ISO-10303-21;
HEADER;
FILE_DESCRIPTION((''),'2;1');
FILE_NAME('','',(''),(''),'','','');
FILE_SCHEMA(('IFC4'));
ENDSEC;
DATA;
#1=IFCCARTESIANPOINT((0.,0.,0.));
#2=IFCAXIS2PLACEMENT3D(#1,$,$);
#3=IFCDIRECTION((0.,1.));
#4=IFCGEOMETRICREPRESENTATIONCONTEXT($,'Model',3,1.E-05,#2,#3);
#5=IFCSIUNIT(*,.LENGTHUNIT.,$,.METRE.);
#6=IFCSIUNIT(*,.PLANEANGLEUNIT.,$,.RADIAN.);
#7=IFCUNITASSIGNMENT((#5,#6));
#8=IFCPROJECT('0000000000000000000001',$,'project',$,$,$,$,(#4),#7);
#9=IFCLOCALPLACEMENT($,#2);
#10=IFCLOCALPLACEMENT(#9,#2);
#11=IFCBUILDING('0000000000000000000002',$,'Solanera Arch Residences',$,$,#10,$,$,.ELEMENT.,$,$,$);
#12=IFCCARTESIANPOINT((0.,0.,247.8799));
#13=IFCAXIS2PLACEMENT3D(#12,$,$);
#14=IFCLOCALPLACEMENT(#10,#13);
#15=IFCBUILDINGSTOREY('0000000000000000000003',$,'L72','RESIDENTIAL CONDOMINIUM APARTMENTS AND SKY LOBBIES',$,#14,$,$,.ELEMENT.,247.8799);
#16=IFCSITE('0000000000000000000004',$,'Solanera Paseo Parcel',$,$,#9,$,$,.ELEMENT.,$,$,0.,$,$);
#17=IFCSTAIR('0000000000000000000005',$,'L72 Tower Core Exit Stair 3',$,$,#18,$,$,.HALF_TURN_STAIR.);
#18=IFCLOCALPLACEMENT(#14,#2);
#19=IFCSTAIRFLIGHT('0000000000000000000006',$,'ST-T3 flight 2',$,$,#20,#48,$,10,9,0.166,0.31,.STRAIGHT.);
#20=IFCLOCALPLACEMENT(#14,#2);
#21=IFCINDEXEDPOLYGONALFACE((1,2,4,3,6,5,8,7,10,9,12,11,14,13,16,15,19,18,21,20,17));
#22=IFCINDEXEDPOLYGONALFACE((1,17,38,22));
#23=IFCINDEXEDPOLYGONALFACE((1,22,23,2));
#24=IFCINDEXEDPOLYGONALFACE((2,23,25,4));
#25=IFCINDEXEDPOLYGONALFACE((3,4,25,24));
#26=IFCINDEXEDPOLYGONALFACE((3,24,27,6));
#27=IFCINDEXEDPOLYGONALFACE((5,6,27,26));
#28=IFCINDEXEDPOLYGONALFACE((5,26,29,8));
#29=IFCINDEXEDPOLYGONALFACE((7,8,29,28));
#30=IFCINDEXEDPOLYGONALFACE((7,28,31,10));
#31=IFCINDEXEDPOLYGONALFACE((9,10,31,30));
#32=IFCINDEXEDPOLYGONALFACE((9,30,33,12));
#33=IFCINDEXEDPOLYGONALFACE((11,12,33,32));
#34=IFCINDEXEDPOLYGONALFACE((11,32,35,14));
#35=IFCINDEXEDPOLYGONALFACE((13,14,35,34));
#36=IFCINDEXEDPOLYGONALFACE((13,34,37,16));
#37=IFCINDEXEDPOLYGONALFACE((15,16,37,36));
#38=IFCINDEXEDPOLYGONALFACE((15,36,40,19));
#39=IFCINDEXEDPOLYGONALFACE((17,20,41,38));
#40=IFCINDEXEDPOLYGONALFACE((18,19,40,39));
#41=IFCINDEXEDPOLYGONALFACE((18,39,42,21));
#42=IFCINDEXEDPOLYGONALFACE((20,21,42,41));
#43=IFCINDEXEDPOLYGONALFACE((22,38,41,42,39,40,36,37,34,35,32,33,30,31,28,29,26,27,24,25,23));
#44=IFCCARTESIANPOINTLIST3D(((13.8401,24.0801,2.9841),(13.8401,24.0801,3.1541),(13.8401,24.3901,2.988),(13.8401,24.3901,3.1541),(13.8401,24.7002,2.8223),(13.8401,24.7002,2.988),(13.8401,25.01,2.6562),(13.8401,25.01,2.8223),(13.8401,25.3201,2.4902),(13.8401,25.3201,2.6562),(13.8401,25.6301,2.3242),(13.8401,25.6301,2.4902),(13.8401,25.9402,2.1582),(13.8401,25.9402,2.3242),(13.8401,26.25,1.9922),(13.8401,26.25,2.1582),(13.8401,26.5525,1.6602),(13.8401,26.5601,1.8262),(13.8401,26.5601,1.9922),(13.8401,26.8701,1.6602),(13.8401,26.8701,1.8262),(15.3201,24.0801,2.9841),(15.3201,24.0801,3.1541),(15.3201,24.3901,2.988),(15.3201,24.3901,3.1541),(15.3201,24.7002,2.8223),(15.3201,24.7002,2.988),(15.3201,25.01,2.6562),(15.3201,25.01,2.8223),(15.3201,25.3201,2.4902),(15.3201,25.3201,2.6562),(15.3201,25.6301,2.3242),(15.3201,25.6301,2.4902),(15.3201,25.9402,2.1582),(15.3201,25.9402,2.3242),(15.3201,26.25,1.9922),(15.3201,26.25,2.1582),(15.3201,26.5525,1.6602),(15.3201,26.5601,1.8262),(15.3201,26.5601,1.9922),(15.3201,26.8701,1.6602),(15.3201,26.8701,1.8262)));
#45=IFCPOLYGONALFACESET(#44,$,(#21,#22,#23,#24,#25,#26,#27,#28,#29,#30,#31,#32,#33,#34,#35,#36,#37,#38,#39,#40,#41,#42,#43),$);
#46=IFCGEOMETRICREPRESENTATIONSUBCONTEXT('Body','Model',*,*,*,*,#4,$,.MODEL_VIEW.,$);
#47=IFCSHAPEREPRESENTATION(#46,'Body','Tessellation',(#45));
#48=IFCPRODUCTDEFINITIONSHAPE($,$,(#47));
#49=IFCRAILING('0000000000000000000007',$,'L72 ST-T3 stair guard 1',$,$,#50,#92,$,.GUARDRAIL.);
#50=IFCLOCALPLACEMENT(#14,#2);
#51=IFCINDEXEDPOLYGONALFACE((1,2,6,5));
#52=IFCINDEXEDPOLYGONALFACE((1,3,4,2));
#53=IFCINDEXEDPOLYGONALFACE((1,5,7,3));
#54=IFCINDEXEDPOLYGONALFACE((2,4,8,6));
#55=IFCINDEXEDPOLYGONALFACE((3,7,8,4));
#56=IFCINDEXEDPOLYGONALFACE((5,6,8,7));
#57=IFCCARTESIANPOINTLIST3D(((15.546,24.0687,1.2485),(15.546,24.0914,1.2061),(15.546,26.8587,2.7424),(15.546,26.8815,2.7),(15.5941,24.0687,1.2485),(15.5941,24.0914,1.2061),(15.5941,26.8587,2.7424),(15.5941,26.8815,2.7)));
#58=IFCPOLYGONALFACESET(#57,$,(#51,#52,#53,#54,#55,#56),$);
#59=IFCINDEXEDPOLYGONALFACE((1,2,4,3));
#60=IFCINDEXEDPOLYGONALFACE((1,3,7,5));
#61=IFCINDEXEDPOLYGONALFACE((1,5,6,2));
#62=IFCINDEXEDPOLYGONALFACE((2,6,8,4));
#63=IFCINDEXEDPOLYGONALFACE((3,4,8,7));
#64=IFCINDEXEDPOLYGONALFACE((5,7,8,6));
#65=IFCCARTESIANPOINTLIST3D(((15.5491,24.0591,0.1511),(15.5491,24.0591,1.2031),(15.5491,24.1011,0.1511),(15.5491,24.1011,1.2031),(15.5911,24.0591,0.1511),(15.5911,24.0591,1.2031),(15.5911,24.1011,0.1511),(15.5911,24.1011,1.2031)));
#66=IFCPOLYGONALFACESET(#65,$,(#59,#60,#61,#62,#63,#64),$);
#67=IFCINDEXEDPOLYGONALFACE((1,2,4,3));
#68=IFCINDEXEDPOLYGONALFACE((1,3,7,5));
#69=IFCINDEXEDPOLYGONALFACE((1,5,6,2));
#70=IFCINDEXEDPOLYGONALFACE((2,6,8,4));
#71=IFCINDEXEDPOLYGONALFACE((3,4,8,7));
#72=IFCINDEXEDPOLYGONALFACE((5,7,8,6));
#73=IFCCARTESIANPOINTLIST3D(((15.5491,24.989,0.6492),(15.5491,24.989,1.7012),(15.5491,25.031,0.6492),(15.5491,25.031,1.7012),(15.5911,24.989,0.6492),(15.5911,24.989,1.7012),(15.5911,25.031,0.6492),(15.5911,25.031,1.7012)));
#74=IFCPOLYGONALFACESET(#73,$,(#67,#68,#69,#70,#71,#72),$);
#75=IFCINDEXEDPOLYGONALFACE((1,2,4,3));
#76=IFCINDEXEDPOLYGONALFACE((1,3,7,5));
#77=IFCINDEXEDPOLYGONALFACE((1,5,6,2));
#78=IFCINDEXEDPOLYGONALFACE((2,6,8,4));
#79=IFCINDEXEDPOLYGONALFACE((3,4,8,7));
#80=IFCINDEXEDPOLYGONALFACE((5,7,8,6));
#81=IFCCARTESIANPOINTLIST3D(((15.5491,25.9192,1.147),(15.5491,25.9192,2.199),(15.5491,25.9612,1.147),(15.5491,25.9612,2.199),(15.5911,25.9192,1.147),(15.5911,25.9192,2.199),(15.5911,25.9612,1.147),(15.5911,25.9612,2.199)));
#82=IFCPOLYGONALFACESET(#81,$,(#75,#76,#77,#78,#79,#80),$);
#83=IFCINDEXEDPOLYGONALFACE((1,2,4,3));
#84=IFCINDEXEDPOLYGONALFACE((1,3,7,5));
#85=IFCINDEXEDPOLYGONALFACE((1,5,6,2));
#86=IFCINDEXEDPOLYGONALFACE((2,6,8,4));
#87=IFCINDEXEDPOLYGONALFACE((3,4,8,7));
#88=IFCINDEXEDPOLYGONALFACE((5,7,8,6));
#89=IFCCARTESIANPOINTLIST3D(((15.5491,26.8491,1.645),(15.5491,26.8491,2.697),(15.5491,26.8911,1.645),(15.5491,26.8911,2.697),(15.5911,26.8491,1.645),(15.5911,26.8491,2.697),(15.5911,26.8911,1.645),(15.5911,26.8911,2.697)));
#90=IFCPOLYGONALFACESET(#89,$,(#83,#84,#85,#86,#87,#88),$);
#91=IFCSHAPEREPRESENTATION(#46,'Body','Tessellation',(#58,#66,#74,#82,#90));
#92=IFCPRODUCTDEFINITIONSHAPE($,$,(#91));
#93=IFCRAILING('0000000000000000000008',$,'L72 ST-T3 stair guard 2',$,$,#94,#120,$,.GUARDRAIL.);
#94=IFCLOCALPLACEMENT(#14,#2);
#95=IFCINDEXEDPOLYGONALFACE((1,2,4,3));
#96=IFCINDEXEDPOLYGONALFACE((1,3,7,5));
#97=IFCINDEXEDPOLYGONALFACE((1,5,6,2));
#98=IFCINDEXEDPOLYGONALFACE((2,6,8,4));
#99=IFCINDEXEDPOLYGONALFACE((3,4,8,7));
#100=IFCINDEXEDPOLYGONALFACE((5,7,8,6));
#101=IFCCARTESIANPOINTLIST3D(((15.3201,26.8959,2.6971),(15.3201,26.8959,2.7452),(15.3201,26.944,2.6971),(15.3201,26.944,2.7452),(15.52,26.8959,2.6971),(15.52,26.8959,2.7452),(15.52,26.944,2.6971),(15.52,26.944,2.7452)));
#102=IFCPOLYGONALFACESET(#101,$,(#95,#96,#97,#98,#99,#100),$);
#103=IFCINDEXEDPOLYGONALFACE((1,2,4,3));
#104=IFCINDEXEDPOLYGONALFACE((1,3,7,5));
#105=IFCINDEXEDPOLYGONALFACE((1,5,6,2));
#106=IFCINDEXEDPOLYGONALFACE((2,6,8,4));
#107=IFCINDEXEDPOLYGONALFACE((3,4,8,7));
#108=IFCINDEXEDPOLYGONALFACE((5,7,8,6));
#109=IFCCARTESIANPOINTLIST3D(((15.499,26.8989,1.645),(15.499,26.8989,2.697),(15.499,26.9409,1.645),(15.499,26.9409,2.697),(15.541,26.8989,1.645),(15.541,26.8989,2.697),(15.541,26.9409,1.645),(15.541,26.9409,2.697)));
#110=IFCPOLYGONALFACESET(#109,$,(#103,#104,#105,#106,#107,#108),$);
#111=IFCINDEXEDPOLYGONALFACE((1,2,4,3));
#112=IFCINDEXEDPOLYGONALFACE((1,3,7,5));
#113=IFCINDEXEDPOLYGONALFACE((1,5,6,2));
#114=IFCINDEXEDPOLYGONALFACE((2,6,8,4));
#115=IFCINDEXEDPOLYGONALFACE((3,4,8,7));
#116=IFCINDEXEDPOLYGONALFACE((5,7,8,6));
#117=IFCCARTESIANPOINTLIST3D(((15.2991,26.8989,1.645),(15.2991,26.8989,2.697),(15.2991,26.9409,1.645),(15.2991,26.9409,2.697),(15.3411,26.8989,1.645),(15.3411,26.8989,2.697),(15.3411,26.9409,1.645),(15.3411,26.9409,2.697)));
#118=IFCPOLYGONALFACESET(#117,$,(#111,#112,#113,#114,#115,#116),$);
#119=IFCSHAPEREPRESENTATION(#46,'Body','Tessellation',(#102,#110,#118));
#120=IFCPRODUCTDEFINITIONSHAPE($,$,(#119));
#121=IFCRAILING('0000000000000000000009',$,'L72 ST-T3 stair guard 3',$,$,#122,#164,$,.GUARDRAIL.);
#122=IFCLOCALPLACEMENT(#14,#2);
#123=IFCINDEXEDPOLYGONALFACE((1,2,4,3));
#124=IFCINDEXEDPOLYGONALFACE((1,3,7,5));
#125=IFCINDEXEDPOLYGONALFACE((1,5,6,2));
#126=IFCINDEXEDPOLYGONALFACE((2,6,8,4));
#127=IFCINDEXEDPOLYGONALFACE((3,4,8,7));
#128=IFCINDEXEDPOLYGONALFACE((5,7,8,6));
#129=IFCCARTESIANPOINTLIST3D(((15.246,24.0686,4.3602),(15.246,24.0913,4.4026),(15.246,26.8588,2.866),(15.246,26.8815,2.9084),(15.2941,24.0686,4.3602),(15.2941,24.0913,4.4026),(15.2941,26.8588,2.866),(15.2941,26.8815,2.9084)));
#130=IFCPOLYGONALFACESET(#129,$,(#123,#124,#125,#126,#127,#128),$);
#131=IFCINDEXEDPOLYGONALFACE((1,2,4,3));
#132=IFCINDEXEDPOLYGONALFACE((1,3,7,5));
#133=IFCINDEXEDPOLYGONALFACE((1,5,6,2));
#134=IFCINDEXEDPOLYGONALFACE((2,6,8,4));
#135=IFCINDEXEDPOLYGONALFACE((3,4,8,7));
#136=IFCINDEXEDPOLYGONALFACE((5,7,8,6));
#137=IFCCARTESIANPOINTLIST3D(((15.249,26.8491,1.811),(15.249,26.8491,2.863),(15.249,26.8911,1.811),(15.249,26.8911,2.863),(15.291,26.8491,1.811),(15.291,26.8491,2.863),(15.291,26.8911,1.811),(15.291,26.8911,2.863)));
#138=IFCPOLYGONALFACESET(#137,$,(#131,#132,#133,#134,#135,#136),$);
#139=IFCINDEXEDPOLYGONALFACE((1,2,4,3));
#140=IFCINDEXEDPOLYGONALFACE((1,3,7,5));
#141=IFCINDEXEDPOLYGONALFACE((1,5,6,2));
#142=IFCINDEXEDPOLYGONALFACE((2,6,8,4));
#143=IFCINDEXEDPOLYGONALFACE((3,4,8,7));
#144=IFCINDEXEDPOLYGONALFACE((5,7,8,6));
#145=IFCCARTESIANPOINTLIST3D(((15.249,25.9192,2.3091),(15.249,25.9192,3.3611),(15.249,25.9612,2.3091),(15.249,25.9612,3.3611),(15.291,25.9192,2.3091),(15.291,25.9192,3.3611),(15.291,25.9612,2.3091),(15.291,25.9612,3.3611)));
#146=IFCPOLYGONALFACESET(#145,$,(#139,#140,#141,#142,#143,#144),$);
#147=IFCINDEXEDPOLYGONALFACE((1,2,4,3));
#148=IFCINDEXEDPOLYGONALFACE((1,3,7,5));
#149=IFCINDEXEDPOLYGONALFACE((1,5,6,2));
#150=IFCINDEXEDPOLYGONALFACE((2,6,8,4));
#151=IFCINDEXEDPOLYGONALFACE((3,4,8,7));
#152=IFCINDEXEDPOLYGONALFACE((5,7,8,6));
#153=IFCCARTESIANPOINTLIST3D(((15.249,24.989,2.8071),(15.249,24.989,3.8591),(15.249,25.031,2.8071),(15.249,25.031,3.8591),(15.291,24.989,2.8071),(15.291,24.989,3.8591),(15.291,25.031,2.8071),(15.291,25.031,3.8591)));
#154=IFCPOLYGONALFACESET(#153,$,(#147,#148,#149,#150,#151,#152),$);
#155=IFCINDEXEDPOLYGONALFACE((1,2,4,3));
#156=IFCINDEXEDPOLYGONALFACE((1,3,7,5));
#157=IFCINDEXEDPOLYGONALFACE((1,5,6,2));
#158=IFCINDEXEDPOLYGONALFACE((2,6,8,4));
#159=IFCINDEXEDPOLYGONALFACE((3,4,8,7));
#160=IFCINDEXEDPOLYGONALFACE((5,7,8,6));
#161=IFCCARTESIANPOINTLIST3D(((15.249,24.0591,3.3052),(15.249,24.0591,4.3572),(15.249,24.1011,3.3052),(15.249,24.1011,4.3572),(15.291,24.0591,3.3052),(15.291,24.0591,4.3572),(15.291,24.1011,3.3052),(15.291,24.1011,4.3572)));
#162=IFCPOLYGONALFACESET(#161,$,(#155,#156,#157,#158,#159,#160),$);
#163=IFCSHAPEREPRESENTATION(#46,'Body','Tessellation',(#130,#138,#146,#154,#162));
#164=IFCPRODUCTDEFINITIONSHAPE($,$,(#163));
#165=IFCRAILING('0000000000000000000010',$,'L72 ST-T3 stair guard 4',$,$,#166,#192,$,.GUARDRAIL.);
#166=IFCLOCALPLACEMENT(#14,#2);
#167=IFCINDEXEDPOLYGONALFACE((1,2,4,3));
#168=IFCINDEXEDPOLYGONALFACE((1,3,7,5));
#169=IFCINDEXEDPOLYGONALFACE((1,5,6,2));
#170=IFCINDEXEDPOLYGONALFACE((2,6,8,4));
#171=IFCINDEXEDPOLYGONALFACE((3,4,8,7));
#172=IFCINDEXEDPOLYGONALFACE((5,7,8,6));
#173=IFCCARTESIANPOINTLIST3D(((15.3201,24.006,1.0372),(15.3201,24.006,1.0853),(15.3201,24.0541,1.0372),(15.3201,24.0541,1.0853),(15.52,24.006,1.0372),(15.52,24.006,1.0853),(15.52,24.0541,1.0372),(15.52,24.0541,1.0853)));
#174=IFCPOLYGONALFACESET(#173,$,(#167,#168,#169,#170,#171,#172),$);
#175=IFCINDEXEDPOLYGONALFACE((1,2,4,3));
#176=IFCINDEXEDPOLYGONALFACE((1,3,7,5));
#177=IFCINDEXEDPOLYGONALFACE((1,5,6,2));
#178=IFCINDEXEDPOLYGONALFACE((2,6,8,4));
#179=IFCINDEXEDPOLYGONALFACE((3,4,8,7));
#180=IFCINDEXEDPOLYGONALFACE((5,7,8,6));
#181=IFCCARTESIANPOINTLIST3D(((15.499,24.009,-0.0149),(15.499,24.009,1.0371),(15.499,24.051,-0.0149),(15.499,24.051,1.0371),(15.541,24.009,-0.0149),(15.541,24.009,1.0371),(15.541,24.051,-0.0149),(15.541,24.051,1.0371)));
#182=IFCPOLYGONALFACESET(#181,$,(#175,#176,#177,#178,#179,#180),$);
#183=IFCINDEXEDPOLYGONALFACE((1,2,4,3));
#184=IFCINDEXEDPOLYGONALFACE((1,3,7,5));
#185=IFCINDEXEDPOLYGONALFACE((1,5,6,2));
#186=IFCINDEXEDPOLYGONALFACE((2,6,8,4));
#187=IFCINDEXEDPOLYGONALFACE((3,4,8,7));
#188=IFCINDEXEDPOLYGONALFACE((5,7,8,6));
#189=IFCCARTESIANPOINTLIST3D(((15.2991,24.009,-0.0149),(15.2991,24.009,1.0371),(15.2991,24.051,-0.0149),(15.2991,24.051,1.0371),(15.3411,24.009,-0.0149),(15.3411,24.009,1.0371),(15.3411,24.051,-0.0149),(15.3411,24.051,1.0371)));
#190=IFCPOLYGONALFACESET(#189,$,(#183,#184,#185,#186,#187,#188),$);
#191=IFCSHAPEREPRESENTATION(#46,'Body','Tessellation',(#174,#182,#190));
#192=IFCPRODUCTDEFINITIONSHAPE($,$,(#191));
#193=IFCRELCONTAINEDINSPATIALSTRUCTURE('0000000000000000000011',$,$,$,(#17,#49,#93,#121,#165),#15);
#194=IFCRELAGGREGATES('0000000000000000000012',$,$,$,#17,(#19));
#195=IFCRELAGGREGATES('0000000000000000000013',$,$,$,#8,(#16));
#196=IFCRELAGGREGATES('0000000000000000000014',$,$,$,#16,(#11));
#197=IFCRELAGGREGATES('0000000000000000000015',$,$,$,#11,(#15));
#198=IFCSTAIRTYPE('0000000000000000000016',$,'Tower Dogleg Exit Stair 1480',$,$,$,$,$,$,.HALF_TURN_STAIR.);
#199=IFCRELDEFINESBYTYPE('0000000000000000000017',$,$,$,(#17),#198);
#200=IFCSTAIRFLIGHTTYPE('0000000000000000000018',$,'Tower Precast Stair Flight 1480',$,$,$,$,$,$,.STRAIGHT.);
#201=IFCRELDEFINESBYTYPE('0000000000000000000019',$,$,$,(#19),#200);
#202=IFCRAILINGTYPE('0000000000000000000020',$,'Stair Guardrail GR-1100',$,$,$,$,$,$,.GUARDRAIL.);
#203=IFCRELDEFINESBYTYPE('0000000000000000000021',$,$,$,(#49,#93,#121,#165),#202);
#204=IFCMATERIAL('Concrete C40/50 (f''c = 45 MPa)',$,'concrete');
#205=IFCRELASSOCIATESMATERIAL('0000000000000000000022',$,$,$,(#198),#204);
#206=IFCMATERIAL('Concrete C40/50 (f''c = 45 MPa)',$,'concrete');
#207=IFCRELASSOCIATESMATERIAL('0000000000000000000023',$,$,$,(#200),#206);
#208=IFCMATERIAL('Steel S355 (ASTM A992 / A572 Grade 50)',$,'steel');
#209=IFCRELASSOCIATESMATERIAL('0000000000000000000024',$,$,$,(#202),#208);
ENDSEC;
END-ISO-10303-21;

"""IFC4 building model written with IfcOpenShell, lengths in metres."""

from ifc_helpers import new_model, si_unit, direction, frame, origin, origin_2d, place, context, subcontext, project, spatial, polyline, rectangle, outline, extrude, material, type_object, element, aggregate, save


model = new_model("IFC4")

# Units and contexts
model_context = context("Model", 3, precision=1e-05, world=origin(), true_north=direction((0.0, 1.0)))
body_context = subcontext(model_context, "Body", "Model", "MODEL_VIEW")
ifc_project = project(units=[si_unit("LENGTHUNIT", "METRE"), si_unit("PLANEANGLEUNIT", "RADIAN")], contexts=[model_context])

# Site, building, storey
site_placement = place(None, origin())
site = spatial("IfcSite", under=ifc_project, at=site_placement, Name="Solanera Paseo Parcel", CompositionType="ELEMENT", RefElevation=0.0)
building_placement = place(site_placement, origin())
building = spatial("IfcBuilding", under=site, at=building_placement, Name="Solanera Arch Residences", CompositionType="ELEMENT")
storey_placement = place(building_placement, frame((0.0, 0.0, 247.8799)))
storey = spatial("IfcBuildingStorey", under=building, at=storey_placement, Name="L72", Description="RESIDENTIAL CONDOMINIUM APARTMENTS AND SKY LOBBIES", CompositionType="ELEMENT", Elevation=247.8799)

# Stair, stair flight
ifc_material_1 = material(Name="Concrete C40/50 (f'c = 45 MPa)", Category="concrete")
stair_type = type_object("IfcStairType", Name="Tower Dogleg Exit Stair 1480", PredefinedType="HALF_TURN_STAIR", material=ifc_material_1)
stair_placement = place(storey_placement, origin())
stair = element("IfcStair", 1, at=stair_placement, inside=storey, type_object=stair_type, Name="L72 Tower Core Exit Stair 3", PredefinedType="HALF_TURN_STAIR")
ifc_material_2 = material(Name="Concrete C40/50 (f'c = 45 MPa)", Category="concrete")
stair_flight_type = type_object("IfcStairFlightType", Name="Tower Precast Stair Flight 1480", PredefinedType="STRAIGHT", material=ifc_material_2)
stair_flight_placement = place(storey_placement, frame((14.5801, 26.8701, 1.6602), z_axis=(0.0, 0.0, 1.0), x_axis=(0.0, -1.0, 0.0)))
stair_flight = element("IfcStairFlight", 2, at=stair_flight_placement, type_object=stair_flight_type, Name="ST-T3 flight 2", NumberOfRisers=10, NumberOfTreads=9, PredefinedType="STRAIGHT", RiserHeight=0.166, TreadLength=0.31, context=body_context, shape_type="SweptSolid", body=[
    extrude(outline(polyline([(0.0, 0.0), (0.0, 0.166), (0.3101, 0.166), (0.3101, 0.332), (0.6201, 0.332), (0.6201, 0.498), (0.9299, 0.498), (0.9299, 0.6641), (1.24, 0.6641), (1.24, 0.8301), (1.55, 0.8301), (1.55, 0.9961), (1.8601, 0.9961), (1.8601, 1.1621), (2.1699, 1.1621), (2.1699, 1.3279), (2.48, 1.3279), (2.48, 1.4939), (2.79, 1.4939), (2.79, 1.6599), (2.79, 1.324), (0.3176, 0.0), (0.0, 0.0)])), frame((0.0, 0.74, 0.0), z_axis=(0.0, -1.0, 0.0), x_axis=(1.0, 0.0, 0.0)), (0.0, 0.0, 1.0), 1.48),
])
aggregate(stair, [stair_flight])

# Railings
ifc_material_3 = material(Name="Steel S355 (ASTM A992 / A572 Grade 50)", Category="steel")
railing_type_1 = type_object("IfcRailingType", Name="Stair Guardrail GR-1100", PredefinedType="GUARDRAIL", material=ifc_material_3)
railing_1_placement = place(storey_placement, frame((15.5701, 24.0801, 0.1511)))
element("IfcRailing", 3, at=railing_1_placement, inside=storey, type_object=railing_type_1, Name="L72 ST-T3 stair guard 1", PredefinedType="GUARDRAIL", context=body_context, shape_type="SweptSolid", body=[
    extrude(rectangle(XDim=0.0481, YDim=0.0481, at=origin_2d()), frame((0.0, 0.0, 1.0762), z_axis=(0.0, 0.881581, 0.472033), x_axis=(-1.0, 0.0, 0.0)), (0.0, 0.0, 1.0), 3.1648),
    extrude(rectangle(XDim=0.042, YDim=0.042, at=origin_2d()), origin(), (0.0, 0.0, 1.0), 1.052),
    extrude(rectangle(XDim=0.042, YDim=0.042, at=origin_2d()), frame((0.0, 0.9299, 0.498)), (0.0, 0.0, 1.0), 1.052),
    extrude(rectangle(XDim=0.042, YDim=0.042, at=origin_2d()), frame((0.0, 1.8601, 0.9958)), (0.0, 0.0, 1.0), 1.052),
    extrude(rectangle(XDim=0.042, YDim=0.042, at=origin_2d()), frame((0.0, 2.79, 1.4939)), (0.0, 0.0, 1.0), 1.052),
])
railing_2_placement = place(storey_placement, frame((15.52, 26.9199, 1.645)))
element("IfcRailing", 4, at=railing_2_placement, inside=storey, type_object=railing_type_1, Name="L72 ST-T3 stair guard 2", PredefinedType="GUARDRAIL", context=body_context, shape_type="SweptSolid", body=[
    extrude(rectangle(XDim=0.0481, YDim=0.0481, at=origin_2d()), frame((0.0, 0.0, 1.0762), z_axis=(-1.0, 0.0, 0.0), x_axis=(0.0, -1.0, 0.0)), (0.0, 0.0, 1.0), 0.2),
    extrude(rectangle(XDim=0.042, YDim=0.042, at=origin_2d()), origin(), (0.0, 0.0, 1.0), 1.052),
    extrude(rectangle(XDim=0.042, YDim=0.042, at=origin_2d()), frame((-0.2, 0.0, 0.0)), (0.0, 0.0, 1.0), 1.052),
])
railing_3_placement = place(storey_placement, frame((15.27, 26.8701, 1.811)))
element("IfcRailing", 5, at=railing_3_placement, inside=storey, type_object=railing_type_1, Name="L72 ST-T3 stair guard 3", PredefinedType="GUARDRAIL", context=body_context, shape_type="SweptSolid", body=[
    extrude(rectangle(XDim=0.0481, YDim=0.0481, at=origin_2d()), frame((0.0, 0.0, 1.0762), z_axis=(0.0, -0.881549, 0.472093), x_axis=(1.0, 0.0, 0.0)), (0.0, 0.0, 1.0), 3.165),
    extrude(rectangle(XDim=0.042, YDim=0.042, at=origin_2d()), origin(), (0.0, 0.0, 1.0), 1.052),
    extrude(rectangle(XDim=0.042, YDim=0.042, at=origin_2d()), frame((0.0, -0.9299, 0.498)), (0.0, 0.0, 1.0), 1.052),
    extrude(rectangle(XDim=0.042, YDim=0.042, at=origin_2d()), frame((0.0, -1.8601, 0.9961)), (0.0, 0.0, 1.0), 1.052),
    extrude(rectangle(XDim=0.042, YDim=0.042, at=origin_2d()), frame((0.0, -2.79, 1.4941)), (0.0, 0.0, 1.0), 1.052),
])
railing_4_placement = place(storey_placement, frame((15.52, 24.03, -0.0149)))
element("IfcRailing", 6, at=railing_4_placement, inside=storey, type_object=railing_type_1, Name="L72 ST-T3 stair guard 4", PredefinedType="GUARDRAIL", context=body_context, shape_type="SweptSolid", body=[
    extrude(rectangle(XDim=0.0481, YDim=0.0481, at=origin_2d()), frame((0.0, 0.0, 1.0762), z_axis=(-1.0, 0.0, 0.0), x_axis=(0.0, -1.0, 0.0)), (0.0, 0.0, 1.0), 0.2),
    extrude(rectangle(XDim=0.042, YDim=0.042, at=origin_2d()), origin(), (0.0, 0.0, 1.0), 1.052),
    extrude(rectangle(XDim=0.042, YDim=0.042, at=origin_2d()), frame((-0.2, 0.0, 0.0)), (0.0, 0.0, 1.0), 1.052),
])

save(model, "model.ifc")
